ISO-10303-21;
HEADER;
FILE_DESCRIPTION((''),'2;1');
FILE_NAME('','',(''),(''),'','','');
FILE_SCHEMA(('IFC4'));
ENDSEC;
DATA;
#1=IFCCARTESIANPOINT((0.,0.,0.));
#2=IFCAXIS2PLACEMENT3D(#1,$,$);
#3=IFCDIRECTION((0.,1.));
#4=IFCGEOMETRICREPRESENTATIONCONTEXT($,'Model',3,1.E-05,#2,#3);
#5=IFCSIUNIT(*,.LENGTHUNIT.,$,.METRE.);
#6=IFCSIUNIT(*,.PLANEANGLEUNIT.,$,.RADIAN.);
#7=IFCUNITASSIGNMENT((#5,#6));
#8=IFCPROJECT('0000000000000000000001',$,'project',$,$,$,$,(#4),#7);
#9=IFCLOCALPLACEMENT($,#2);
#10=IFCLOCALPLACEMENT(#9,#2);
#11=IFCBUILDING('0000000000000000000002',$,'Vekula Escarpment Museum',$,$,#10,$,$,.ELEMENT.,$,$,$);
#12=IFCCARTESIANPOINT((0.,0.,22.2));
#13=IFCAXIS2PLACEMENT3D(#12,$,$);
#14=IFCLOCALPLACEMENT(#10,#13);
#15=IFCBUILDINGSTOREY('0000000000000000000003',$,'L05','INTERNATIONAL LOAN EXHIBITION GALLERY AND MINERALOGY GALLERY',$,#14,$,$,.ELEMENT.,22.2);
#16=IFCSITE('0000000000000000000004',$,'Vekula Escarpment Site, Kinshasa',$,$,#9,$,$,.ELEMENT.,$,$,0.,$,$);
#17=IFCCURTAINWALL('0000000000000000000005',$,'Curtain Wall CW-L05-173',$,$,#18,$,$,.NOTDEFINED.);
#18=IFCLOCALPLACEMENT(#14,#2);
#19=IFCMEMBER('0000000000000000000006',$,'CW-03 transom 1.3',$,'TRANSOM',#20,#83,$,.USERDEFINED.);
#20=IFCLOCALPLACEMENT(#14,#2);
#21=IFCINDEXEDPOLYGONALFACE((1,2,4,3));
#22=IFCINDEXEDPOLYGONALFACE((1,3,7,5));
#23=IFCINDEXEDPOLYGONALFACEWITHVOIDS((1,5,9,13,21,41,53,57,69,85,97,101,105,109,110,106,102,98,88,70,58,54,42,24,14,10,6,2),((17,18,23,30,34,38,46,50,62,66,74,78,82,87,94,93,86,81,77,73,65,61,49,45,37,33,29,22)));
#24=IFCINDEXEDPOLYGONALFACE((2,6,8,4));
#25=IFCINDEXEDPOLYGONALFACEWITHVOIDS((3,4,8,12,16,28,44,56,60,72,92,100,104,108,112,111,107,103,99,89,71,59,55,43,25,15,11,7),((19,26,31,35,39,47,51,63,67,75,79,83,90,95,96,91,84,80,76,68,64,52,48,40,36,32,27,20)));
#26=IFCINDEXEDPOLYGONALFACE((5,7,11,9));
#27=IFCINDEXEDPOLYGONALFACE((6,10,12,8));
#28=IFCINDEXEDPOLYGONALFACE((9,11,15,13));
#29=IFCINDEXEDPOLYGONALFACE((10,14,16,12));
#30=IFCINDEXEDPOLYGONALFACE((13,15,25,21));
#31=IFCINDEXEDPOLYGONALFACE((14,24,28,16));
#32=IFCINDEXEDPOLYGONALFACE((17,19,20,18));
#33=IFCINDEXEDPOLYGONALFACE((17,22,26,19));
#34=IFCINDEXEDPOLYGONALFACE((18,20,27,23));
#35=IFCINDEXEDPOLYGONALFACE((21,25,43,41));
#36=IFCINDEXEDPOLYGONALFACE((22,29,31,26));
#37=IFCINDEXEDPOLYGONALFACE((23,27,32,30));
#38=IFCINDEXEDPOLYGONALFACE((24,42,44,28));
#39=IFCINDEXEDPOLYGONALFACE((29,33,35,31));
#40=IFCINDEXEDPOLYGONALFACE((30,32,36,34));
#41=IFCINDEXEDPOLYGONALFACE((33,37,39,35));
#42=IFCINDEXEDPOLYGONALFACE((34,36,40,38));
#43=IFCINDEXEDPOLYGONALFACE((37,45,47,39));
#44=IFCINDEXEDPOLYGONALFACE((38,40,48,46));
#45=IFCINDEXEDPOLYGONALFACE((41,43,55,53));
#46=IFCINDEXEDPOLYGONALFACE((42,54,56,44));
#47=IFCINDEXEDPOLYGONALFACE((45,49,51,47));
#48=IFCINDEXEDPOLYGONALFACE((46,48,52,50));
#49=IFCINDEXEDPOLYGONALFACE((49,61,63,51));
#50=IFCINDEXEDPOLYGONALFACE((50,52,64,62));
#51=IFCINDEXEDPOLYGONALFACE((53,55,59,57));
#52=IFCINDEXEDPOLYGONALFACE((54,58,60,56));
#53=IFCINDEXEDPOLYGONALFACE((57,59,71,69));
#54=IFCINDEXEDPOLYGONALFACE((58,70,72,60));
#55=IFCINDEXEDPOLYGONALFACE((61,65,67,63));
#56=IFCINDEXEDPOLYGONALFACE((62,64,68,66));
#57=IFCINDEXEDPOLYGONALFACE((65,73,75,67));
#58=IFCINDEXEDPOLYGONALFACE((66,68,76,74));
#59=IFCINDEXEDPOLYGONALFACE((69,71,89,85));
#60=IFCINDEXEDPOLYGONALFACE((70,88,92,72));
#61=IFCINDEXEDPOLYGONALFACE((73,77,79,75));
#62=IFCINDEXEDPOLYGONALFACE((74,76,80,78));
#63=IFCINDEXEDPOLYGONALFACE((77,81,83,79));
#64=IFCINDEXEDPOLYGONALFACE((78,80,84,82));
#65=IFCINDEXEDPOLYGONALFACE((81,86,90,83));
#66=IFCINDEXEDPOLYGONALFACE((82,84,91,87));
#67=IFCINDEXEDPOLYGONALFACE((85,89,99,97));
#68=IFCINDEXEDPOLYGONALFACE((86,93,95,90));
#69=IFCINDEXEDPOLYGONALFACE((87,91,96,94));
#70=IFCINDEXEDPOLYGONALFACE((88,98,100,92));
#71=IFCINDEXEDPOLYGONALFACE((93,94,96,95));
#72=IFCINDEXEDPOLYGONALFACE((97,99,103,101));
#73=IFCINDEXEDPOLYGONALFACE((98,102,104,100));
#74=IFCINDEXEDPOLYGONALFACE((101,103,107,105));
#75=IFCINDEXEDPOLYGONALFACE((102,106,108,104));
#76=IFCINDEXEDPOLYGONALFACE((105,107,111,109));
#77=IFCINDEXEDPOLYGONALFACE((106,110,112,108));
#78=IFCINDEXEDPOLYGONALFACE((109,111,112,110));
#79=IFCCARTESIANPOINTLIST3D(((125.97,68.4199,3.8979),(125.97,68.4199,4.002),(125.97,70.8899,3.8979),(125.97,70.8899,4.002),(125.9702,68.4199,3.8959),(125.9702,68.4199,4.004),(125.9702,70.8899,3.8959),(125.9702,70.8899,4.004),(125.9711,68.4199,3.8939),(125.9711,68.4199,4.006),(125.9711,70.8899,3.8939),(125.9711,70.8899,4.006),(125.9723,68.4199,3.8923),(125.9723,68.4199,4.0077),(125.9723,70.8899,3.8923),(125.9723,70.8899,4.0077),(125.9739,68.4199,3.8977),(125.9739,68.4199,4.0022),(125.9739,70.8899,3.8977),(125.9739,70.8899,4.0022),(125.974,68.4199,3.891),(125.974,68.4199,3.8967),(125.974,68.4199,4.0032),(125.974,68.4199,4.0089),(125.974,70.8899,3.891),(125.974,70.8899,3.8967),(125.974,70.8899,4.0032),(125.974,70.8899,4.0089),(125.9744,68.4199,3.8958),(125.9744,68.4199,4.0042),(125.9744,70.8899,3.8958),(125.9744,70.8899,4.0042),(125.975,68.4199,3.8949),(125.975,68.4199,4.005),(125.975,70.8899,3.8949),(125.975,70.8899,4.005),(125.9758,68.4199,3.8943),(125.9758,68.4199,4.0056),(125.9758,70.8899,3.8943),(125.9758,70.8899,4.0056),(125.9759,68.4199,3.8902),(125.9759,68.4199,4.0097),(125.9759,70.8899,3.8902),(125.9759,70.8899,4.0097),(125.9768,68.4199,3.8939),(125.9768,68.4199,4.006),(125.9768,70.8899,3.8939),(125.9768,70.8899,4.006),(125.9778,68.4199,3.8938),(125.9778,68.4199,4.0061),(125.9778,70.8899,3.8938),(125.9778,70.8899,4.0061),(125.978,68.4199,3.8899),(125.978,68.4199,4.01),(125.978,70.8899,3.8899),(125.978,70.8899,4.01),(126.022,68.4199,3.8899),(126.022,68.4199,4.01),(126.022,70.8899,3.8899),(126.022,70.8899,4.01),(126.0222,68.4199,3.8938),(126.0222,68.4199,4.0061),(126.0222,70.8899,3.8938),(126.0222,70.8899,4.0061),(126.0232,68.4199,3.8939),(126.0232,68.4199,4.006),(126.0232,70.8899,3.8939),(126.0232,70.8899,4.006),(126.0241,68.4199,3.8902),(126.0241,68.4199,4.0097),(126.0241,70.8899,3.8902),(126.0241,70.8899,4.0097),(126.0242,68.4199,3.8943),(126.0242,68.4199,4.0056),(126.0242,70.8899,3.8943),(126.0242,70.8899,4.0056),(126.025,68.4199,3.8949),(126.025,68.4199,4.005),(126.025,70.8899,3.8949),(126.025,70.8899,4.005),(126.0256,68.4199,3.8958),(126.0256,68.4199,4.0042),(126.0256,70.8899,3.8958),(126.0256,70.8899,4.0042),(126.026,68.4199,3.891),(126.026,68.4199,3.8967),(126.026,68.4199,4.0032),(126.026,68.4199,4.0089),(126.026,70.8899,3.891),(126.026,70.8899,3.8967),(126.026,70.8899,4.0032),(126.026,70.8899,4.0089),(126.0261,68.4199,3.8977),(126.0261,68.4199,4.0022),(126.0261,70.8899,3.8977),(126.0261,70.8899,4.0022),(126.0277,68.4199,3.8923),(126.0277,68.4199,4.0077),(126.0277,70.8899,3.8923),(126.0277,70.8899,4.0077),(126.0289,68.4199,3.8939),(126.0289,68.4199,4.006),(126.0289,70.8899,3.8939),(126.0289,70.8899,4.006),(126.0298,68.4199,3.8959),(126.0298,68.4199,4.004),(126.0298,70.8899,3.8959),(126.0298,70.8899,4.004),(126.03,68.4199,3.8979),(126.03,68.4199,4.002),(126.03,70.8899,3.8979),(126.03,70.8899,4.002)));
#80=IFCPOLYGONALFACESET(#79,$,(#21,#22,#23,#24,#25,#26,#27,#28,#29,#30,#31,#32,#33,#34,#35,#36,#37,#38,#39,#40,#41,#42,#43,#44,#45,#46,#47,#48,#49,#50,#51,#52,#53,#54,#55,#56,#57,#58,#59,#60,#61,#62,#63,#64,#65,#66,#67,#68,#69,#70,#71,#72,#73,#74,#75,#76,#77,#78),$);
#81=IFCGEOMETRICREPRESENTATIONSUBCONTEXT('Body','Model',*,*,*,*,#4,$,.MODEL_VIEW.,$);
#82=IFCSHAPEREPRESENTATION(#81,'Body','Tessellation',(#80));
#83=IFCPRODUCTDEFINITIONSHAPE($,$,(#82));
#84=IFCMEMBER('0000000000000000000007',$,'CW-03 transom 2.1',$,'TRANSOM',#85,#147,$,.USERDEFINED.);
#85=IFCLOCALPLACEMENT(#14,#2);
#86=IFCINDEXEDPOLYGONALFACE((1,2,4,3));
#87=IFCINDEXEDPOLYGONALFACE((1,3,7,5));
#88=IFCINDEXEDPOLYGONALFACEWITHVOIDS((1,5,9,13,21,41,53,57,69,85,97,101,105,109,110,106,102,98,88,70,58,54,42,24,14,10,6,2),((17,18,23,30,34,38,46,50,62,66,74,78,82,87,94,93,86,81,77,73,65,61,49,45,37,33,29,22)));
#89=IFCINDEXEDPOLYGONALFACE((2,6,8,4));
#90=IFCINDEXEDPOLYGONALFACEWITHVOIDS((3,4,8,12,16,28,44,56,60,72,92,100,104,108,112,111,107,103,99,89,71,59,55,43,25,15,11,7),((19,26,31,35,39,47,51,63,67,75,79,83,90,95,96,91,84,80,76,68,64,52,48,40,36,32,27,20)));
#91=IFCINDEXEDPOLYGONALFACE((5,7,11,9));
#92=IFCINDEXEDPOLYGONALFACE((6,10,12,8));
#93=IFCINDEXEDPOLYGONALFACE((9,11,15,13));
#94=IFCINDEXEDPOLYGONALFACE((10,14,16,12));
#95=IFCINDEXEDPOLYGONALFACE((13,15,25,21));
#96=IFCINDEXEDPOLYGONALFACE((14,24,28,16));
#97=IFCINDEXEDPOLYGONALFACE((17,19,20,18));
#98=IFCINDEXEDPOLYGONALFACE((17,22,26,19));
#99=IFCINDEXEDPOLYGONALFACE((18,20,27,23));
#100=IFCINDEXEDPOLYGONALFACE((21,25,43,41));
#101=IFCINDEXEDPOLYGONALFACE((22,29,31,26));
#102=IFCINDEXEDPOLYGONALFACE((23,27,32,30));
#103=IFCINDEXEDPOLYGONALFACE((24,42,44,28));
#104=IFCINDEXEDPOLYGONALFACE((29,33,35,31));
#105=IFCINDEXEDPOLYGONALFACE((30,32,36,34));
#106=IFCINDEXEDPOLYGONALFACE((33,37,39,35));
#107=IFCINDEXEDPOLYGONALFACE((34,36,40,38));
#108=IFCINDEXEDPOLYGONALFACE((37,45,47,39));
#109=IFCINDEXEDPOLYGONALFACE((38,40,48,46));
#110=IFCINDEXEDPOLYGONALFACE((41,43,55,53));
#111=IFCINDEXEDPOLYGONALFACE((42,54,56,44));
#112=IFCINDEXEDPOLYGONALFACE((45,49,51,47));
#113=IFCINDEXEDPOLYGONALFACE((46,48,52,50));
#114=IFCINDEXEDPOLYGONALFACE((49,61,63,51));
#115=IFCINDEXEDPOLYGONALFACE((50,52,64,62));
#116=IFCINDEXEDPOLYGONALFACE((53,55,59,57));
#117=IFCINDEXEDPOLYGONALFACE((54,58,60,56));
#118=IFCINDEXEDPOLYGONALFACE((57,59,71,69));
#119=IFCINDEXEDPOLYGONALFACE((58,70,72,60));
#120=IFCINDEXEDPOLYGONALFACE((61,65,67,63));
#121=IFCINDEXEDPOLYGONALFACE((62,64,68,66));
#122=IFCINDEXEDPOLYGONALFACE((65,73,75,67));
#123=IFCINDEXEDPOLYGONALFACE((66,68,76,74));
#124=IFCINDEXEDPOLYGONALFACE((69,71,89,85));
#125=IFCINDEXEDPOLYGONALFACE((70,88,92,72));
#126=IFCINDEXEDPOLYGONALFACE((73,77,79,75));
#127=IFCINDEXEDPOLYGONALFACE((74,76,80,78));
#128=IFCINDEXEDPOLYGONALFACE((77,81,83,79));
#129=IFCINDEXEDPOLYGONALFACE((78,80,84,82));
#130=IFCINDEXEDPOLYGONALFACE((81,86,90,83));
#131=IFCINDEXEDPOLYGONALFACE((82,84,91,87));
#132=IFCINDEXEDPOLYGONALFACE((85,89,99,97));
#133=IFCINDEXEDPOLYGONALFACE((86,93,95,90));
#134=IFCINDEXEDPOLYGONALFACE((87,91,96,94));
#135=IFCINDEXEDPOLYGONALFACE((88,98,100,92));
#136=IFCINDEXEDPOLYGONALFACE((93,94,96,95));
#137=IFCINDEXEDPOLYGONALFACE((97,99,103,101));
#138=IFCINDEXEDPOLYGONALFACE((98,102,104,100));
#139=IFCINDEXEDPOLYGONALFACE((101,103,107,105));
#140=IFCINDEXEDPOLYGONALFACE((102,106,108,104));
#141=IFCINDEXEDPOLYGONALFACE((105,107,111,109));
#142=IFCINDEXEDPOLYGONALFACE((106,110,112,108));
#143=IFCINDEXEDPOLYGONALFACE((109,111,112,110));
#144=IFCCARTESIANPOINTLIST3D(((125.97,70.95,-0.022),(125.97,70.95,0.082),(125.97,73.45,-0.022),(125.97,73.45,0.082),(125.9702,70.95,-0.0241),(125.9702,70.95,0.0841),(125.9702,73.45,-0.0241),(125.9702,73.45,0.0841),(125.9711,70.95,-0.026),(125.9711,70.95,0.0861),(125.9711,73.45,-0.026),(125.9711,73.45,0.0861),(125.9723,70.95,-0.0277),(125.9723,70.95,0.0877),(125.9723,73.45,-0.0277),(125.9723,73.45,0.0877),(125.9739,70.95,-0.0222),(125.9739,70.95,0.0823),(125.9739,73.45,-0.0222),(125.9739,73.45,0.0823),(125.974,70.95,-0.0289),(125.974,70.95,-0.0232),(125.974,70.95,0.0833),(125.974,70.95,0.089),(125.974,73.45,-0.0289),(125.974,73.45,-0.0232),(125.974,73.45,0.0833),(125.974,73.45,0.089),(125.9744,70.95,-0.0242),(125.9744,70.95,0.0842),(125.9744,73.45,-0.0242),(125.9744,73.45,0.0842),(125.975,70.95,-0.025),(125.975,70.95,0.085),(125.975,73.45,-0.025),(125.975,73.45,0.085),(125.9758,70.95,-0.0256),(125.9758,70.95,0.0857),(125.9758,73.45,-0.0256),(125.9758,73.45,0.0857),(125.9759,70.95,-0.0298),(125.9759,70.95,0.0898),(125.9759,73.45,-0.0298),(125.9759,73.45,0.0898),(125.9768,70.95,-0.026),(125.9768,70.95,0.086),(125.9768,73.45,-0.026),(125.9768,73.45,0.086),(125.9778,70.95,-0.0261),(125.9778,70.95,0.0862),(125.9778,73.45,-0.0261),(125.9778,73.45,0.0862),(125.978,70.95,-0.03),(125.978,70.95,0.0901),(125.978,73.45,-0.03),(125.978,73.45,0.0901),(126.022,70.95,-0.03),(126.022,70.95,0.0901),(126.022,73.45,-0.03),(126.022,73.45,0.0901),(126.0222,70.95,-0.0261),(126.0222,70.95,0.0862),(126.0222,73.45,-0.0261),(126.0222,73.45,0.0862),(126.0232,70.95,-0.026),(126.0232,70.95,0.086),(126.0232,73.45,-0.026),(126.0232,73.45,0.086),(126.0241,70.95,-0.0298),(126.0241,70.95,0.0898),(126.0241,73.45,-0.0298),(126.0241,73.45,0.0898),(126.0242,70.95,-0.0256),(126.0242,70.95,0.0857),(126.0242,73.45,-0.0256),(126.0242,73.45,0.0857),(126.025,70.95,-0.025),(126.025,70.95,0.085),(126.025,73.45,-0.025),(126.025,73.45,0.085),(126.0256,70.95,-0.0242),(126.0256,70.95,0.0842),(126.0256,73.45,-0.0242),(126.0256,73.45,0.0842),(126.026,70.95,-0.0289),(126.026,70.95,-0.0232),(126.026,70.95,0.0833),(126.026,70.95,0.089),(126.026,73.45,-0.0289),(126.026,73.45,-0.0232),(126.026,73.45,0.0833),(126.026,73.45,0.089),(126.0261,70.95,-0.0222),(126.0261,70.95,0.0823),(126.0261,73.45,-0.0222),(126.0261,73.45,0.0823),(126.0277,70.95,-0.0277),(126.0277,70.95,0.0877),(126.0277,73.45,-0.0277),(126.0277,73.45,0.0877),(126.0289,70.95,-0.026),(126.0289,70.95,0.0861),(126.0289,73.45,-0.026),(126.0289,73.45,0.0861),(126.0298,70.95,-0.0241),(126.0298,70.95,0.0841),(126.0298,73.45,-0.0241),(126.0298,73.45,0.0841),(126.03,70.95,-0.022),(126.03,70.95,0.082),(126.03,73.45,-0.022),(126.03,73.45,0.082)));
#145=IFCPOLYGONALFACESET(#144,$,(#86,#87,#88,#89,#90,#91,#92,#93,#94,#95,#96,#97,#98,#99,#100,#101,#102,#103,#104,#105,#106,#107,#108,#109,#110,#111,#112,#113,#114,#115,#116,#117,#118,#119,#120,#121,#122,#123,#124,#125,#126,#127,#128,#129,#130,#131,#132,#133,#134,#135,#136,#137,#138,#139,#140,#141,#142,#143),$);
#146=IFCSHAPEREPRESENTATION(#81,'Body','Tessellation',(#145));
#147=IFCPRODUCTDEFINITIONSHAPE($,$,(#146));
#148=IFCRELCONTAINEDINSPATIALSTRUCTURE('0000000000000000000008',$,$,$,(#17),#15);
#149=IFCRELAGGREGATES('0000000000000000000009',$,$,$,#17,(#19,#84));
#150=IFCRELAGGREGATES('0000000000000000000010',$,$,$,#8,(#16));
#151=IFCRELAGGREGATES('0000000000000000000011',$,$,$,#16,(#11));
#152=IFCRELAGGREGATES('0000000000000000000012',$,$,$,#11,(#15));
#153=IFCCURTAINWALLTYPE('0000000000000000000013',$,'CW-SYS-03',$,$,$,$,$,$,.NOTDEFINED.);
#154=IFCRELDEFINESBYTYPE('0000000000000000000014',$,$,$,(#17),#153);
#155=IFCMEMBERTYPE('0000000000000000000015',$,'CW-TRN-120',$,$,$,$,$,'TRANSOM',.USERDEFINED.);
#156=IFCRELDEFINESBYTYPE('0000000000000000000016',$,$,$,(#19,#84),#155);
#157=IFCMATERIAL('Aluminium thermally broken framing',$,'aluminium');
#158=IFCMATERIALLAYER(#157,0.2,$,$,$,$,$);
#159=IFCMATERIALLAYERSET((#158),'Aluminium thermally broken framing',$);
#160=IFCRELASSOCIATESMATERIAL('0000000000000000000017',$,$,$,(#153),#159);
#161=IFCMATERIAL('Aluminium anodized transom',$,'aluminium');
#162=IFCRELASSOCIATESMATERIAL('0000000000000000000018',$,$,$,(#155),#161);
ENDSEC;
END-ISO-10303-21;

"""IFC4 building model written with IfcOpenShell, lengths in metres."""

from ifc_helpers import new_model, si_unit, direction, frame, origin, origin_2d, place, context, subcontext, project, spatial, hollow_rectangle, extrude, material, layer, layer_set, material_profile, profile_set, type_object, element, aggregate, save


model = new_model("IFC4")

# Units and contexts
model_context = context("Model", 3, precision=1e-05, world=origin(), true_north=direction((0.0, 1.0)))
body_context = subcontext(model_context, "Body", "Model", "MODEL_VIEW")
ifc_project = project(units=[si_unit("LENGTHUNIT", "METRE"), si_unit("PLANEANGLEUNIT", "RADIAN")], contexts=[model_context])

# Site, building, storey
site_placement = place(None, origin())
site = spatial("IfcSite", under=ifc_project, at=site_placement, Name="Vekula Escarpment Site, Kinshasa", CompositionType="ELEMENT", RefElevation=0.0)
building_placement = place(site_placement, origin())
building = spatial("IfcBuilding", under=site, at=building_placement, Name="Vekula Escarpment Museum", CompositionType="ELEMENT")
storey_placement = place(building_placement, frame((0.0, 0.0, 22.2)))
storey = spatial("IfcBuildingStorey", under=building, at=storey_placement, Name="L05", Description="INTERNATIONAL LOAN EXHIBITION GALLERY AND MINERALOGY GALLERY", CompositionType="ELEMENT", Elevation=22.2)

# Curtain wall, members
ifc_material_1 = material(Name="Aluminium thermally broken framing", Category="aluminium")
ifc_layer_1 = layer(ifc_material_1, 0.2)
ifc_layer_set_1 = layer_set([ifc_layer_1], Name="Aluminium thermally broken framing")
curtain_wall_type = type_object("IfcCurtainWallType", Name="CW-SYS-03", PredefinedType="NOTDEFINED", material=ifc_layer_set_1)
curtain_wall_placement = place(storey_placement, origin())
curtain_wall = element("IfcCurtainWall", 1, at=curtain_wall_placement, inside=storey, type_object=curtain_wall_type, Name="Curtain Wall CW-L05-173", PredefinedType="NOTDEFINED")
ifc_material_2 = material(Name="Aluminium anodized transom", Category="aluminium")
ifc_material_profile_1 = material_profile(ifc_material_2, hollow_rectangle(XDim=0.0601, YDim=0.1201, WallThickness=0.0039, InnerFilletRadius=0.0039, OuterFilletRadius=0.0081, at=origin_2d()), Name="ALU 120x60x4")
ifc_profile_set_1 = profile_set([ifc_material_profile_1], Name="Aluminium anodized transom")
member_type_1 = type_object("IfcMemberType", Name="CW-TRN-120", ElementType="TRANSOM", PredefinedType="USERDEFINED", material=ifc_profile_set_1)
member_1_placement = place(storey_placement, frame((126.0, 68.4199, 3.95), z_axis=(0.0, 1.0, 0.0), x_axis=(-1.0, 0.0, 0.0)))
member_1 = element("IfcMember", 2, at=member_1_placement, type_object=member_type_1, Name="CW-03 transom 1.3", ObjectType="TRANSOM", PredefinedType="USERDEFINED", context=body_context, shape_type="SweptSolid", body=[
    extrude(hollow_rectangle(XDim=0.0601, YDim=0.1201, WallThickness=0.0039, InnerFilletRadius=0.0039, OuterFilletRadius=0.0081, at=origin_2d()), origin(), (0.0, 0.0, 1.0), 2.47),
])
member_2_placement = place(storey_placement, frame((126.0, 70.95, 0.03), z_axis=(0.0, 1.0, 0.0), x_axis=(-1.0, 0.0, 0.0)))
member_2 = element("IfcMember", 3, at=member_2_placement, type_object=member_type_1, Name="CW-03 transom 2.1", ObjectType="TRANSOM", PredefinedType="USERDEFINED", context=body_context, shape_type="SweptSolid", body=[
    extrude(hollow_rectangle(XDim=0.0601, YDim=0.1201, WallThickness=0.0039, InnerFilletRadius=0.0039, OuterFilletRadius=0.0081, at=origin_2d()), origin(), (0.0, 0.0, 1.0), 2.5),
])
aggregate(curtain_wall, [member_1, member_2])

save(model, "model.ifc")
